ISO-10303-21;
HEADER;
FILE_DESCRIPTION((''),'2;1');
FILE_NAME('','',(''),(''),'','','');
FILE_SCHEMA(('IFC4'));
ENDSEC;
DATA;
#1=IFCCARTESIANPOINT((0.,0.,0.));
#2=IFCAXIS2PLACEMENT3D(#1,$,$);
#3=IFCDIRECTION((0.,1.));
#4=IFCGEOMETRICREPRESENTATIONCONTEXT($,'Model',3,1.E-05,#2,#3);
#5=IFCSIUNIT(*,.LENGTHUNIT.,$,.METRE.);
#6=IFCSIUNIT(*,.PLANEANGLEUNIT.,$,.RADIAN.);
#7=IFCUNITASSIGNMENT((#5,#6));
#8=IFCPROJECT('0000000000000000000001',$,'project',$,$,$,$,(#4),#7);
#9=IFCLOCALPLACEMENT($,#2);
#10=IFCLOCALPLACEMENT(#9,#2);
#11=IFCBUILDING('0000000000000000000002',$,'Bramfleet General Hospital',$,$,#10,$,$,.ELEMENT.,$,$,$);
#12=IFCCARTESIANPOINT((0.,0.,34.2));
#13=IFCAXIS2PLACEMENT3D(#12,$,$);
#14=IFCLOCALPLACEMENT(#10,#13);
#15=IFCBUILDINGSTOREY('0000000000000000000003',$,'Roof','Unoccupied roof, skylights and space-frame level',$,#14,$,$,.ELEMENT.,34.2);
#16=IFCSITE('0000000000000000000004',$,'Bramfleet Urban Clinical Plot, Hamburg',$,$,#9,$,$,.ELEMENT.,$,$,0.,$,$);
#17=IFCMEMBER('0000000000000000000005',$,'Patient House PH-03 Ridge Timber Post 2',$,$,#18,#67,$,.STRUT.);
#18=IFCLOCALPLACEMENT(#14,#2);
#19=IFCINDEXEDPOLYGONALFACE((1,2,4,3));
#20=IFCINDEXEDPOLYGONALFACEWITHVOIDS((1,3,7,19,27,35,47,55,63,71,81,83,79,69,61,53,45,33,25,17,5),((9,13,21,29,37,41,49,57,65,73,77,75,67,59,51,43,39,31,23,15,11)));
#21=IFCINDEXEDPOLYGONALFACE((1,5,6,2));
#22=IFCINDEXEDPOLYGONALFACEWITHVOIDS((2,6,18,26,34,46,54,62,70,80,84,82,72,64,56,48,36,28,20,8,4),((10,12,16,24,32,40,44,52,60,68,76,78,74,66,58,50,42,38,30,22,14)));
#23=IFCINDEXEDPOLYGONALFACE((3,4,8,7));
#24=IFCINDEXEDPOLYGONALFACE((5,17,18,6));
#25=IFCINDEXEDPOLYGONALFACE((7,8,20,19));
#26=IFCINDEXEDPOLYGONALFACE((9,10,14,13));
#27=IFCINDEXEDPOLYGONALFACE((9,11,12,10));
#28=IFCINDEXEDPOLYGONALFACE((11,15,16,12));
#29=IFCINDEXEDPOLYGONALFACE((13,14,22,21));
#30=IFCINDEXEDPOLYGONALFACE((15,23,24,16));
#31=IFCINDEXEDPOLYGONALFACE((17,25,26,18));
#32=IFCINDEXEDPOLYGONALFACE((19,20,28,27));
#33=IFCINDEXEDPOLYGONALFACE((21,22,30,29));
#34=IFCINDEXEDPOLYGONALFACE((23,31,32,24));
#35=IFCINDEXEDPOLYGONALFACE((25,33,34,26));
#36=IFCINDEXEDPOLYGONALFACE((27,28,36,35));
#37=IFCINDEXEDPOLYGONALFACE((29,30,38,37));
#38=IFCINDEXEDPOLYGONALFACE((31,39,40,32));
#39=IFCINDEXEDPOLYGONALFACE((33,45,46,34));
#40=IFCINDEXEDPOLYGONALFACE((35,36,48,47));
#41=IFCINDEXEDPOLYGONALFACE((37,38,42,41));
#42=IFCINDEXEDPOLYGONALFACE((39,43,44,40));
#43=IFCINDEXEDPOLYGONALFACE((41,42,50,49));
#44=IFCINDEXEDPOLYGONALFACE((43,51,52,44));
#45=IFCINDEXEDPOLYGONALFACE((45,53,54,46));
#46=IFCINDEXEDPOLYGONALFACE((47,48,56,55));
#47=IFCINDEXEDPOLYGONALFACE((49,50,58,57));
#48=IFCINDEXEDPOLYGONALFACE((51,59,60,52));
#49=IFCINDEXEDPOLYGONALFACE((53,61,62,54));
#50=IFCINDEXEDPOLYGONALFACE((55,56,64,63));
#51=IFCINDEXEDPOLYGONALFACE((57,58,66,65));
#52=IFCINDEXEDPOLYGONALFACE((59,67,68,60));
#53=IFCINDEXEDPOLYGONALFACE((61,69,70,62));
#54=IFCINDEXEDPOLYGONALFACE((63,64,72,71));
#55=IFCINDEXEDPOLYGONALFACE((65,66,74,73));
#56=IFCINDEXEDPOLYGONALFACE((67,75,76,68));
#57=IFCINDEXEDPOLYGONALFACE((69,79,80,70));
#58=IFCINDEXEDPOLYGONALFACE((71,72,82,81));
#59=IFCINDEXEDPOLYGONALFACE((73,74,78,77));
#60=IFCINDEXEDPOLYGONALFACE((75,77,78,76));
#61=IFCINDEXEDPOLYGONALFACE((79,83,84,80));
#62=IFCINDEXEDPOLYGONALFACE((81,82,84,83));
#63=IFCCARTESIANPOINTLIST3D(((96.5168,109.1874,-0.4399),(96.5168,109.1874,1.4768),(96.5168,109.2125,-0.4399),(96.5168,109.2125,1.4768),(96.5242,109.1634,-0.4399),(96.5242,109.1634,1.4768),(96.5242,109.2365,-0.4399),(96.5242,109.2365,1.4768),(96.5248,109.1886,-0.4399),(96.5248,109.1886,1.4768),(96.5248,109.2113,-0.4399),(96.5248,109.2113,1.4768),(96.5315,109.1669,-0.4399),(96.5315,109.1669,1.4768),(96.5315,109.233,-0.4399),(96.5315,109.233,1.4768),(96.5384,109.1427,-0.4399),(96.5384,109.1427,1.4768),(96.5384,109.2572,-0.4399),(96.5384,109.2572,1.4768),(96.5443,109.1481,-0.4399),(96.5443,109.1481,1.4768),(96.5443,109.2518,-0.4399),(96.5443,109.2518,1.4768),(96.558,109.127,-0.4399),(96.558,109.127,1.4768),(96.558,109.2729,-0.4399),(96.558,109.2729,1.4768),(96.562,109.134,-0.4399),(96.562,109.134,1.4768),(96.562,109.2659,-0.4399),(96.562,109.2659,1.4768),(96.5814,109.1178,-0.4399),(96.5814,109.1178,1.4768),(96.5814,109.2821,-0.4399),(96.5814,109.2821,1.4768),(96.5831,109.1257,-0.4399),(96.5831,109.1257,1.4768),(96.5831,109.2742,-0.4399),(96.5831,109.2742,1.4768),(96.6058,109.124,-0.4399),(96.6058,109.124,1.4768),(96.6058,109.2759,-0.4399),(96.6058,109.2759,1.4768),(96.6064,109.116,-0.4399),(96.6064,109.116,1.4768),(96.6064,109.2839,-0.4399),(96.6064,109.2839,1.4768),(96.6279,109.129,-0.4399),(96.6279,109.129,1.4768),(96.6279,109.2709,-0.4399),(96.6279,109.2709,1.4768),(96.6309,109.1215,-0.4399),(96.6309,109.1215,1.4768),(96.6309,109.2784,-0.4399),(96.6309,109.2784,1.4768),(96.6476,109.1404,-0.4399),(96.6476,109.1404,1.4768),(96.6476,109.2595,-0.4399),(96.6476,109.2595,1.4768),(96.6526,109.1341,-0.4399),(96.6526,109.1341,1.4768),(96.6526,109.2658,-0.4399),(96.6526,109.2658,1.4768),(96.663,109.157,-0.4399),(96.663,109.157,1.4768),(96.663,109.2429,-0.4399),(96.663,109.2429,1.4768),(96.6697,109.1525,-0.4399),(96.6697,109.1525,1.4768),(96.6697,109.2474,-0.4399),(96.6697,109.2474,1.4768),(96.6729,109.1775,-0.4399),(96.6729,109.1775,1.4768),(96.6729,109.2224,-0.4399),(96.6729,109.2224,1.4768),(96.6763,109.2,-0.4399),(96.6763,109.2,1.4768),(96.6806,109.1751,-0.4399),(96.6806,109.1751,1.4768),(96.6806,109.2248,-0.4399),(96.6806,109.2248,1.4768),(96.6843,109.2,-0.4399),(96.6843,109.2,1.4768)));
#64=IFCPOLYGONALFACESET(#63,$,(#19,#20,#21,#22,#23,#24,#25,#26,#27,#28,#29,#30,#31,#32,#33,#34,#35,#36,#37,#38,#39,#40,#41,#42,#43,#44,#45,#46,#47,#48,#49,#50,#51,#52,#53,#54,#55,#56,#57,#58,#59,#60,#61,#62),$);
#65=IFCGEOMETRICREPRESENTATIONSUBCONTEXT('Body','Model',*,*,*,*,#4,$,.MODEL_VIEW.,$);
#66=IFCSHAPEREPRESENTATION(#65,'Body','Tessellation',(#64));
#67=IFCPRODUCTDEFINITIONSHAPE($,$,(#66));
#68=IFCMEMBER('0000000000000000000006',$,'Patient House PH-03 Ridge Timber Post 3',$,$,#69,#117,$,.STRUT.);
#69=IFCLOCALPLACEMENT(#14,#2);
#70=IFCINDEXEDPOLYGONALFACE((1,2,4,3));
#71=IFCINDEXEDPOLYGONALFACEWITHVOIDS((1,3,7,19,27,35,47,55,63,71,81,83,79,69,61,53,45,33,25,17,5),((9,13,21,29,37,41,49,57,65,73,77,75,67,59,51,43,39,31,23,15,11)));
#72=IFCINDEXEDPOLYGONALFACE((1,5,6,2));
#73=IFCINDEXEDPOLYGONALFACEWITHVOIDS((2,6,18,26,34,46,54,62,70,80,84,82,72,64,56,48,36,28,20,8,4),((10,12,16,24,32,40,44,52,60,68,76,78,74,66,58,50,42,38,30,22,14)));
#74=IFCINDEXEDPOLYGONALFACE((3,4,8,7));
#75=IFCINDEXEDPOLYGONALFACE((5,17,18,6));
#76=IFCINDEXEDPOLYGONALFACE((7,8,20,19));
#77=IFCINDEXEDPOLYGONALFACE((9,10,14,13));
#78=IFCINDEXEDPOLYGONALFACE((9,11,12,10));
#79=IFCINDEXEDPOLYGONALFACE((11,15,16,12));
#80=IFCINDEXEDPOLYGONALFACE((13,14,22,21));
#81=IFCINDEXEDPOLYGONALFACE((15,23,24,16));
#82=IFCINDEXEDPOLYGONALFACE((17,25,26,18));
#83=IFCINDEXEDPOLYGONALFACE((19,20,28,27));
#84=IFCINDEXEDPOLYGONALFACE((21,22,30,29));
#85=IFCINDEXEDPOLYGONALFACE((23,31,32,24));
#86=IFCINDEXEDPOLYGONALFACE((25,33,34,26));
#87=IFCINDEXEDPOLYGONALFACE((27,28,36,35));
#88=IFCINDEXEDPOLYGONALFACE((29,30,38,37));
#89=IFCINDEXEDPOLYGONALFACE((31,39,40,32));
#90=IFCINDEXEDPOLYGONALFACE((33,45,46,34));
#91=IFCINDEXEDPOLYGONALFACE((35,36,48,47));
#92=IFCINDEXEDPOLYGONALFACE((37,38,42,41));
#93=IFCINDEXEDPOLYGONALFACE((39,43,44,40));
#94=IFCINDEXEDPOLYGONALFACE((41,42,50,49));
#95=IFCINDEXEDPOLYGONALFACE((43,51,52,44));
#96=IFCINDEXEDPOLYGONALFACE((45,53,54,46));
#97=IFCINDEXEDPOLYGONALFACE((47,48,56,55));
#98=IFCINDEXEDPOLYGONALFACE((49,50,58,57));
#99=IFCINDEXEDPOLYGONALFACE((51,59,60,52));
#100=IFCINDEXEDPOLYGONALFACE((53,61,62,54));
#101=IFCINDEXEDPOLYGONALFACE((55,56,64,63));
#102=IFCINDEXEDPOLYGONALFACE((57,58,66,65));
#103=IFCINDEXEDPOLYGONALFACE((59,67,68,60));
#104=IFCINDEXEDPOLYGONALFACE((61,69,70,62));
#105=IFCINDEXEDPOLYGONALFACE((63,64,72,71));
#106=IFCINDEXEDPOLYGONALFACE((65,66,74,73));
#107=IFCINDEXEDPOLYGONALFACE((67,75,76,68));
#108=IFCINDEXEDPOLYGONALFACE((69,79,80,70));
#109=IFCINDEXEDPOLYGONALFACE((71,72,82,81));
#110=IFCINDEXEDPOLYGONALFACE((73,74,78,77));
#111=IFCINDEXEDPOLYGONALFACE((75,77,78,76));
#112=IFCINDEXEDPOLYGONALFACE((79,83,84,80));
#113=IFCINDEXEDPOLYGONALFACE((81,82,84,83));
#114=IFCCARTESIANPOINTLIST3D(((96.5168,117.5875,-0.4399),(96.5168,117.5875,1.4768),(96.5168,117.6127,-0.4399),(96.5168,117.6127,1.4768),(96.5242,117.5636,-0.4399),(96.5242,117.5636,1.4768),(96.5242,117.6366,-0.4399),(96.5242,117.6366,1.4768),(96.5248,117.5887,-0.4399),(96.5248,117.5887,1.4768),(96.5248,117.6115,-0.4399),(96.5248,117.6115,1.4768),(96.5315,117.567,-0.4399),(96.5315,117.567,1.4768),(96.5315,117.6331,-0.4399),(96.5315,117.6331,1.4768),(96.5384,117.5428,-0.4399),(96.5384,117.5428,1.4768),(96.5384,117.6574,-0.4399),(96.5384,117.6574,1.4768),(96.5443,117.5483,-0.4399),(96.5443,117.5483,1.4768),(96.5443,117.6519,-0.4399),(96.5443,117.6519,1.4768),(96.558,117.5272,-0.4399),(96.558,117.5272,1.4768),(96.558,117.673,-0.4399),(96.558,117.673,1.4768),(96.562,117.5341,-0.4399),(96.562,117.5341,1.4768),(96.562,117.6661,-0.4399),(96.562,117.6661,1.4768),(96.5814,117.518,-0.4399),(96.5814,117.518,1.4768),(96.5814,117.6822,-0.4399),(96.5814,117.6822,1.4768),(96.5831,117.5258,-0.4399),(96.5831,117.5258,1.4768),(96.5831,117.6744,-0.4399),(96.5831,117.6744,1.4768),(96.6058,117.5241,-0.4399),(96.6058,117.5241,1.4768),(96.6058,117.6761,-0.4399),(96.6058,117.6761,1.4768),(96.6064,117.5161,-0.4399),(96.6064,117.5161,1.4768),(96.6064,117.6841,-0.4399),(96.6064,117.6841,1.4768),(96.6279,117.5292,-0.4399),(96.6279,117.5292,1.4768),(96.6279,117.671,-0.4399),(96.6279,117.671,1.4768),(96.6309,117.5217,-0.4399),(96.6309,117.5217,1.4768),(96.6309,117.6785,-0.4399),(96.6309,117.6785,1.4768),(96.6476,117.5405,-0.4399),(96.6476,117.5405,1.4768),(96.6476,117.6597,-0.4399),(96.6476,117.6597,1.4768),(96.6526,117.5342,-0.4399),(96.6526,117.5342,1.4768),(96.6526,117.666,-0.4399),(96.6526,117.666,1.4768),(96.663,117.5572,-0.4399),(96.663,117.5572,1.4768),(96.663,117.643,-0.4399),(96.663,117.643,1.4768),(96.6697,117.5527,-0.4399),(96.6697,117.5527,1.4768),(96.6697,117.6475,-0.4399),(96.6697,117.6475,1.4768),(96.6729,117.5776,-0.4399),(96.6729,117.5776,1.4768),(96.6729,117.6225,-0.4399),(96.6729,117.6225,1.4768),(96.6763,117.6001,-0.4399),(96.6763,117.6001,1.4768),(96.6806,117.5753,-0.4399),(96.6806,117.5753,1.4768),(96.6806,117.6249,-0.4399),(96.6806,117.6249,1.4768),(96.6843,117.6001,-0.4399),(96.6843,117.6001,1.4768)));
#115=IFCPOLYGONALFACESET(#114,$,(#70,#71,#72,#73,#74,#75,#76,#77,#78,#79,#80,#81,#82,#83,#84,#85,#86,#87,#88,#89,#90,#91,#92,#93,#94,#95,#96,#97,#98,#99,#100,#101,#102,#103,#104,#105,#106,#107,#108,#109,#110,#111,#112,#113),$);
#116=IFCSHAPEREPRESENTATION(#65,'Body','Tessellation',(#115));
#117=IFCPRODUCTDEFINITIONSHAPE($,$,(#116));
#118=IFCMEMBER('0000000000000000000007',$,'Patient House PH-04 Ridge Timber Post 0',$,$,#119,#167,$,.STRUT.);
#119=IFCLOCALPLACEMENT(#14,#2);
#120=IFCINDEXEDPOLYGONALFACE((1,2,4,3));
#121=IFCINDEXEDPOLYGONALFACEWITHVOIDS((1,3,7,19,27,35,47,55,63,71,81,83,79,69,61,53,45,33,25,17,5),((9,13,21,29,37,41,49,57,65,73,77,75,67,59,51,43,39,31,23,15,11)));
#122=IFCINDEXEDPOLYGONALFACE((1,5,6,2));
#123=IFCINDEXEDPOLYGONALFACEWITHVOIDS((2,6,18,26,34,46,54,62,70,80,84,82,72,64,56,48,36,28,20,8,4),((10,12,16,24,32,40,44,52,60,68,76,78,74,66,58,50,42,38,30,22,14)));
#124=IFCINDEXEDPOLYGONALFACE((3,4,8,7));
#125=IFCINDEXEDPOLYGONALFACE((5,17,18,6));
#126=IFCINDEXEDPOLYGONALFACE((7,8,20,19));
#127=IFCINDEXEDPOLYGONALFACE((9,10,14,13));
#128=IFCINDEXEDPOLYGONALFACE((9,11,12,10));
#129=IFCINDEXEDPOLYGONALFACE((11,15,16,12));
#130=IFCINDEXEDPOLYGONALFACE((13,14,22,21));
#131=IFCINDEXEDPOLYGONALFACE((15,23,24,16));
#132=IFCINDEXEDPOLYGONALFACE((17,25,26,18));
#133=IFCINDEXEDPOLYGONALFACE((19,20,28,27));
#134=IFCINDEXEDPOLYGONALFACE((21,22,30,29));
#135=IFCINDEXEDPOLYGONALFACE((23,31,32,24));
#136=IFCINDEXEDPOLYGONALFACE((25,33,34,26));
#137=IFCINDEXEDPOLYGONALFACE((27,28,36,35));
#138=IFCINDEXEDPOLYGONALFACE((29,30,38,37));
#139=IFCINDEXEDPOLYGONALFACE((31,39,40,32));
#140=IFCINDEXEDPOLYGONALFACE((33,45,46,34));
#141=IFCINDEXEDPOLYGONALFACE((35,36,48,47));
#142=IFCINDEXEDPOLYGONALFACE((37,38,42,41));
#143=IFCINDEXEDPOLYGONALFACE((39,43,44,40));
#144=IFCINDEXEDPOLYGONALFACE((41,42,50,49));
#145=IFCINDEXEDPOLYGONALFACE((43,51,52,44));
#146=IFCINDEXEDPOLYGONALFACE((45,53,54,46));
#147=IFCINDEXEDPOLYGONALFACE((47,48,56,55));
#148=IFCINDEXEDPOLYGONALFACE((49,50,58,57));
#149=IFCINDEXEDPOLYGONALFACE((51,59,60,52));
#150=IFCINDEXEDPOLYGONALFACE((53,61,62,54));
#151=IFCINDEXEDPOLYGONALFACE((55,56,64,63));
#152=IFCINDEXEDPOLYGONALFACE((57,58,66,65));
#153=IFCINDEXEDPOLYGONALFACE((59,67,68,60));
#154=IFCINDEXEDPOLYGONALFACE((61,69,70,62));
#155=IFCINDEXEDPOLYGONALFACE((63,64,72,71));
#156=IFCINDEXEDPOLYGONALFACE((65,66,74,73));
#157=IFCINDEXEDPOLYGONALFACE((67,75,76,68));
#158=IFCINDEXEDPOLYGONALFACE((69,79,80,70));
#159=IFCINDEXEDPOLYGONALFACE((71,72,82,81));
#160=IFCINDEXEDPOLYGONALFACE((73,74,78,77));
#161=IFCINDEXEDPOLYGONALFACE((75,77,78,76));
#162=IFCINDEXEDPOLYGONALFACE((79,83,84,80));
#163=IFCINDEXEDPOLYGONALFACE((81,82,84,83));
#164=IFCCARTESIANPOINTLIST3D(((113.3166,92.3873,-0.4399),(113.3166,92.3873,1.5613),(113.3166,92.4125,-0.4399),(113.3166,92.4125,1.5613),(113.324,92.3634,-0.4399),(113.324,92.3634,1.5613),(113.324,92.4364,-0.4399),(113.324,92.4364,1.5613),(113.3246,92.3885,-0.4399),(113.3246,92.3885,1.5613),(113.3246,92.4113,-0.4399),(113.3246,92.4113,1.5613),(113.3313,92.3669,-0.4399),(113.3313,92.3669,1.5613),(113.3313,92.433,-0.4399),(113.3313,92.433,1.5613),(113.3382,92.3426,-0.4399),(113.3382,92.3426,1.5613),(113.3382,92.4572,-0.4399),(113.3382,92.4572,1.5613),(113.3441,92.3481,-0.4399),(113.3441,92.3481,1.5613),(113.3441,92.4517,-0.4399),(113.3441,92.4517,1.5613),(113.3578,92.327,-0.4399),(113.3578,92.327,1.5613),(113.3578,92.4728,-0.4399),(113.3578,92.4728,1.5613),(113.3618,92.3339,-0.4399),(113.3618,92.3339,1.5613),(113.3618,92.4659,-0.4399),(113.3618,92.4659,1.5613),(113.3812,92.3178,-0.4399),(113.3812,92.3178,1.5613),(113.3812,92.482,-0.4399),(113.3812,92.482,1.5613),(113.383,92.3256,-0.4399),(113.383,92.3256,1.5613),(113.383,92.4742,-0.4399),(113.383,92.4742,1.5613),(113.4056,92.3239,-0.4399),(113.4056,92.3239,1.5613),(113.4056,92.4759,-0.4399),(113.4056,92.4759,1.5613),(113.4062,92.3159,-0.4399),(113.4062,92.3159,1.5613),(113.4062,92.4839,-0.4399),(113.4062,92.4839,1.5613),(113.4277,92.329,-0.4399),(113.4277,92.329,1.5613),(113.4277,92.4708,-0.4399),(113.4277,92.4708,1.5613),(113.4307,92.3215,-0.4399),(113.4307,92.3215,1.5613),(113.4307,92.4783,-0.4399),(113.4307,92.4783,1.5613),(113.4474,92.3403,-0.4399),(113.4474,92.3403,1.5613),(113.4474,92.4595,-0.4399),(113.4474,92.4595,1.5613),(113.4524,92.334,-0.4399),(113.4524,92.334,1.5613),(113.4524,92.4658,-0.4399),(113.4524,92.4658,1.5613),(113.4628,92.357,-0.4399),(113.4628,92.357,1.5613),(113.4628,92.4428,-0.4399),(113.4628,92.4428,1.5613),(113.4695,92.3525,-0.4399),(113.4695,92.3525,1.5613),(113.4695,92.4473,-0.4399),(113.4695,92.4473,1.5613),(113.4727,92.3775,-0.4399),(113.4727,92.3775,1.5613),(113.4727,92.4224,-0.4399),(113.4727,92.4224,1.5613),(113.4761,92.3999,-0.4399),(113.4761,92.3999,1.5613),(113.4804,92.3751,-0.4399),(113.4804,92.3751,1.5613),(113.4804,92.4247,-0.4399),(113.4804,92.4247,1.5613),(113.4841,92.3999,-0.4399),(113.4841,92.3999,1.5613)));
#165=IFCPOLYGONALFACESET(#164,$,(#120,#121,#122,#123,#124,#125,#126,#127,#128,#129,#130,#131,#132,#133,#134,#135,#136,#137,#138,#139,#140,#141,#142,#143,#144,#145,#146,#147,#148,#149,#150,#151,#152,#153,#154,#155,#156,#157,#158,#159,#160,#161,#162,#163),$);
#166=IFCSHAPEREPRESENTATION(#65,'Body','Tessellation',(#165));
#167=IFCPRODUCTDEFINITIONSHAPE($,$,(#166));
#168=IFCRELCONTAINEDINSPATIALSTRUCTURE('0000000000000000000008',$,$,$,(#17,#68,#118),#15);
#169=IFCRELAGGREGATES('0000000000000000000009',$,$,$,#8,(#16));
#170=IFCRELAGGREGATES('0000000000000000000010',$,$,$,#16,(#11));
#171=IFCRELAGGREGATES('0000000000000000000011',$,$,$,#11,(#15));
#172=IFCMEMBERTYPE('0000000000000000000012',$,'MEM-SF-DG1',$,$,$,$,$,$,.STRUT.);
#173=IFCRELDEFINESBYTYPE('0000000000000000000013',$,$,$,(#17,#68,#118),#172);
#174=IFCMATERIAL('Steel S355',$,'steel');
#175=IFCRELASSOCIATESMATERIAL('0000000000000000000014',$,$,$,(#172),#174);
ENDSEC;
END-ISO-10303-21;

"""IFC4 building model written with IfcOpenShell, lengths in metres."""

from ifc_helpers import new_model, si_unit, direction, frame, origin, origin_2d, place, context, subcontext, project, spatial, hollow_circle, extrude, material, material_profile, profile_set, type_object, element, save


model = new_model("IFC4")

# Units and contexts
model_context = context("Model", 3, precision=1e-05, world=origin(), true_north=direction((0.0, 1.0)))
body_context = subcontext(model_context, "Body", "Model", "MODEL_VIEW")
ifc_project = project(units=[si_unit("LENGTHUNIT", "METRE"), si_unit("PLANEANGLEUNIT", "RADIAN")], contexts=[model_context])

# Site, building, storey
site_placement = place(None, origin())
site = spatial("IfcSite", under=ifc_project, at=site_placement, Name="Bramfleet Urban Clinical Plot, Hamburg", CompositionType="ELEMENT", RefElevation=0.0)
building_placement = place(site_placement, origin())
building = spatial("IfcBuilding", under=site, at=building_placement, Name="Bramfleet General Hospital", CompositionType="ELEMENT")
storey_placement = place(building_placement, frame((0.0, 0.0, 34.2)))
storey = spatial("IfcBuildingStorey", under=building, at=storey_placement, Name="Roof", Description="Unoccupied roof, skylights and space-frame level", CompositionType="ELEMENT", Elevation=34.2)

# Members
ifc_material_1 = material(Name="Steel S355", Category="steel")
ifc_material_profile_1 = material_profile(ifc_material_1, hollow_circle(Radius=0.0842, WallThickness=0.0081, at=origin_2d()), Name="CHS 168.3x8.0")
ifc_profile_set_1 = profile_set([ifc_material_profile_1], Name="Steel S355")
member_type_1 = type_object("IfcMemberType", Name="MEM-SF-DG1", PredefinedType="STRUT", material=ifc_profile_set_1)
for number, where, z_axis, x_axis, name in (
    (1, (96.6001, 109.2, -0.4399), (0.0, 0.0, 1.0), (1.0, 0.0, 0.0), "Patient House PH-03 Ridge Timber Post 2"),
    (2, (96.6001, 117.6001, -0.4399), (0.0, 0.0, 1.0), (1.0, 0.0, 0.0), "Patient House PH-03 Ridge Timber Post 3"),
):
    element("IfcMember", number, at=place(storey_placement, frame(where, z_axis=z_axis, x_axis=x_axis)), inside=storey, type_object=member_type_1, Name=name, PredefinedType="STRUT", context=body_context, shape_type="SweptSolid", body=[
        extrude(hollow_circle(Radius=0.0842, WallThickness=0.0081, at=origin_2d()), origin(), (0.0, 0.0, 1.0), 1.9167),
    ])
for number, where, z_axis, x_axis, name in (
    (3, (113.3999, 92.3999, -0.4399), (0.0, 0.0, 1.0), (1.0, 0.0, 0.0), "Patient House PH-04 Ridge Timber Post 0"),
):
    element("IfcMember", number, at=place(storey_placement, frame(where, z_axis=z_axis, x_axis=x_axis)), inside=storey, type_object=member_type_1, Name=name, PredefinedType="STRUT", context=body_context, shape_type="SweptSolid", body=[
        extrude(hollow_circle(Radius=0.0842, WallThickness=0.0081, at=origin_2d()), origin(), (0.0, 0.0, 1.0), 2.0012),
    ])

save(model, "model.ifc")
